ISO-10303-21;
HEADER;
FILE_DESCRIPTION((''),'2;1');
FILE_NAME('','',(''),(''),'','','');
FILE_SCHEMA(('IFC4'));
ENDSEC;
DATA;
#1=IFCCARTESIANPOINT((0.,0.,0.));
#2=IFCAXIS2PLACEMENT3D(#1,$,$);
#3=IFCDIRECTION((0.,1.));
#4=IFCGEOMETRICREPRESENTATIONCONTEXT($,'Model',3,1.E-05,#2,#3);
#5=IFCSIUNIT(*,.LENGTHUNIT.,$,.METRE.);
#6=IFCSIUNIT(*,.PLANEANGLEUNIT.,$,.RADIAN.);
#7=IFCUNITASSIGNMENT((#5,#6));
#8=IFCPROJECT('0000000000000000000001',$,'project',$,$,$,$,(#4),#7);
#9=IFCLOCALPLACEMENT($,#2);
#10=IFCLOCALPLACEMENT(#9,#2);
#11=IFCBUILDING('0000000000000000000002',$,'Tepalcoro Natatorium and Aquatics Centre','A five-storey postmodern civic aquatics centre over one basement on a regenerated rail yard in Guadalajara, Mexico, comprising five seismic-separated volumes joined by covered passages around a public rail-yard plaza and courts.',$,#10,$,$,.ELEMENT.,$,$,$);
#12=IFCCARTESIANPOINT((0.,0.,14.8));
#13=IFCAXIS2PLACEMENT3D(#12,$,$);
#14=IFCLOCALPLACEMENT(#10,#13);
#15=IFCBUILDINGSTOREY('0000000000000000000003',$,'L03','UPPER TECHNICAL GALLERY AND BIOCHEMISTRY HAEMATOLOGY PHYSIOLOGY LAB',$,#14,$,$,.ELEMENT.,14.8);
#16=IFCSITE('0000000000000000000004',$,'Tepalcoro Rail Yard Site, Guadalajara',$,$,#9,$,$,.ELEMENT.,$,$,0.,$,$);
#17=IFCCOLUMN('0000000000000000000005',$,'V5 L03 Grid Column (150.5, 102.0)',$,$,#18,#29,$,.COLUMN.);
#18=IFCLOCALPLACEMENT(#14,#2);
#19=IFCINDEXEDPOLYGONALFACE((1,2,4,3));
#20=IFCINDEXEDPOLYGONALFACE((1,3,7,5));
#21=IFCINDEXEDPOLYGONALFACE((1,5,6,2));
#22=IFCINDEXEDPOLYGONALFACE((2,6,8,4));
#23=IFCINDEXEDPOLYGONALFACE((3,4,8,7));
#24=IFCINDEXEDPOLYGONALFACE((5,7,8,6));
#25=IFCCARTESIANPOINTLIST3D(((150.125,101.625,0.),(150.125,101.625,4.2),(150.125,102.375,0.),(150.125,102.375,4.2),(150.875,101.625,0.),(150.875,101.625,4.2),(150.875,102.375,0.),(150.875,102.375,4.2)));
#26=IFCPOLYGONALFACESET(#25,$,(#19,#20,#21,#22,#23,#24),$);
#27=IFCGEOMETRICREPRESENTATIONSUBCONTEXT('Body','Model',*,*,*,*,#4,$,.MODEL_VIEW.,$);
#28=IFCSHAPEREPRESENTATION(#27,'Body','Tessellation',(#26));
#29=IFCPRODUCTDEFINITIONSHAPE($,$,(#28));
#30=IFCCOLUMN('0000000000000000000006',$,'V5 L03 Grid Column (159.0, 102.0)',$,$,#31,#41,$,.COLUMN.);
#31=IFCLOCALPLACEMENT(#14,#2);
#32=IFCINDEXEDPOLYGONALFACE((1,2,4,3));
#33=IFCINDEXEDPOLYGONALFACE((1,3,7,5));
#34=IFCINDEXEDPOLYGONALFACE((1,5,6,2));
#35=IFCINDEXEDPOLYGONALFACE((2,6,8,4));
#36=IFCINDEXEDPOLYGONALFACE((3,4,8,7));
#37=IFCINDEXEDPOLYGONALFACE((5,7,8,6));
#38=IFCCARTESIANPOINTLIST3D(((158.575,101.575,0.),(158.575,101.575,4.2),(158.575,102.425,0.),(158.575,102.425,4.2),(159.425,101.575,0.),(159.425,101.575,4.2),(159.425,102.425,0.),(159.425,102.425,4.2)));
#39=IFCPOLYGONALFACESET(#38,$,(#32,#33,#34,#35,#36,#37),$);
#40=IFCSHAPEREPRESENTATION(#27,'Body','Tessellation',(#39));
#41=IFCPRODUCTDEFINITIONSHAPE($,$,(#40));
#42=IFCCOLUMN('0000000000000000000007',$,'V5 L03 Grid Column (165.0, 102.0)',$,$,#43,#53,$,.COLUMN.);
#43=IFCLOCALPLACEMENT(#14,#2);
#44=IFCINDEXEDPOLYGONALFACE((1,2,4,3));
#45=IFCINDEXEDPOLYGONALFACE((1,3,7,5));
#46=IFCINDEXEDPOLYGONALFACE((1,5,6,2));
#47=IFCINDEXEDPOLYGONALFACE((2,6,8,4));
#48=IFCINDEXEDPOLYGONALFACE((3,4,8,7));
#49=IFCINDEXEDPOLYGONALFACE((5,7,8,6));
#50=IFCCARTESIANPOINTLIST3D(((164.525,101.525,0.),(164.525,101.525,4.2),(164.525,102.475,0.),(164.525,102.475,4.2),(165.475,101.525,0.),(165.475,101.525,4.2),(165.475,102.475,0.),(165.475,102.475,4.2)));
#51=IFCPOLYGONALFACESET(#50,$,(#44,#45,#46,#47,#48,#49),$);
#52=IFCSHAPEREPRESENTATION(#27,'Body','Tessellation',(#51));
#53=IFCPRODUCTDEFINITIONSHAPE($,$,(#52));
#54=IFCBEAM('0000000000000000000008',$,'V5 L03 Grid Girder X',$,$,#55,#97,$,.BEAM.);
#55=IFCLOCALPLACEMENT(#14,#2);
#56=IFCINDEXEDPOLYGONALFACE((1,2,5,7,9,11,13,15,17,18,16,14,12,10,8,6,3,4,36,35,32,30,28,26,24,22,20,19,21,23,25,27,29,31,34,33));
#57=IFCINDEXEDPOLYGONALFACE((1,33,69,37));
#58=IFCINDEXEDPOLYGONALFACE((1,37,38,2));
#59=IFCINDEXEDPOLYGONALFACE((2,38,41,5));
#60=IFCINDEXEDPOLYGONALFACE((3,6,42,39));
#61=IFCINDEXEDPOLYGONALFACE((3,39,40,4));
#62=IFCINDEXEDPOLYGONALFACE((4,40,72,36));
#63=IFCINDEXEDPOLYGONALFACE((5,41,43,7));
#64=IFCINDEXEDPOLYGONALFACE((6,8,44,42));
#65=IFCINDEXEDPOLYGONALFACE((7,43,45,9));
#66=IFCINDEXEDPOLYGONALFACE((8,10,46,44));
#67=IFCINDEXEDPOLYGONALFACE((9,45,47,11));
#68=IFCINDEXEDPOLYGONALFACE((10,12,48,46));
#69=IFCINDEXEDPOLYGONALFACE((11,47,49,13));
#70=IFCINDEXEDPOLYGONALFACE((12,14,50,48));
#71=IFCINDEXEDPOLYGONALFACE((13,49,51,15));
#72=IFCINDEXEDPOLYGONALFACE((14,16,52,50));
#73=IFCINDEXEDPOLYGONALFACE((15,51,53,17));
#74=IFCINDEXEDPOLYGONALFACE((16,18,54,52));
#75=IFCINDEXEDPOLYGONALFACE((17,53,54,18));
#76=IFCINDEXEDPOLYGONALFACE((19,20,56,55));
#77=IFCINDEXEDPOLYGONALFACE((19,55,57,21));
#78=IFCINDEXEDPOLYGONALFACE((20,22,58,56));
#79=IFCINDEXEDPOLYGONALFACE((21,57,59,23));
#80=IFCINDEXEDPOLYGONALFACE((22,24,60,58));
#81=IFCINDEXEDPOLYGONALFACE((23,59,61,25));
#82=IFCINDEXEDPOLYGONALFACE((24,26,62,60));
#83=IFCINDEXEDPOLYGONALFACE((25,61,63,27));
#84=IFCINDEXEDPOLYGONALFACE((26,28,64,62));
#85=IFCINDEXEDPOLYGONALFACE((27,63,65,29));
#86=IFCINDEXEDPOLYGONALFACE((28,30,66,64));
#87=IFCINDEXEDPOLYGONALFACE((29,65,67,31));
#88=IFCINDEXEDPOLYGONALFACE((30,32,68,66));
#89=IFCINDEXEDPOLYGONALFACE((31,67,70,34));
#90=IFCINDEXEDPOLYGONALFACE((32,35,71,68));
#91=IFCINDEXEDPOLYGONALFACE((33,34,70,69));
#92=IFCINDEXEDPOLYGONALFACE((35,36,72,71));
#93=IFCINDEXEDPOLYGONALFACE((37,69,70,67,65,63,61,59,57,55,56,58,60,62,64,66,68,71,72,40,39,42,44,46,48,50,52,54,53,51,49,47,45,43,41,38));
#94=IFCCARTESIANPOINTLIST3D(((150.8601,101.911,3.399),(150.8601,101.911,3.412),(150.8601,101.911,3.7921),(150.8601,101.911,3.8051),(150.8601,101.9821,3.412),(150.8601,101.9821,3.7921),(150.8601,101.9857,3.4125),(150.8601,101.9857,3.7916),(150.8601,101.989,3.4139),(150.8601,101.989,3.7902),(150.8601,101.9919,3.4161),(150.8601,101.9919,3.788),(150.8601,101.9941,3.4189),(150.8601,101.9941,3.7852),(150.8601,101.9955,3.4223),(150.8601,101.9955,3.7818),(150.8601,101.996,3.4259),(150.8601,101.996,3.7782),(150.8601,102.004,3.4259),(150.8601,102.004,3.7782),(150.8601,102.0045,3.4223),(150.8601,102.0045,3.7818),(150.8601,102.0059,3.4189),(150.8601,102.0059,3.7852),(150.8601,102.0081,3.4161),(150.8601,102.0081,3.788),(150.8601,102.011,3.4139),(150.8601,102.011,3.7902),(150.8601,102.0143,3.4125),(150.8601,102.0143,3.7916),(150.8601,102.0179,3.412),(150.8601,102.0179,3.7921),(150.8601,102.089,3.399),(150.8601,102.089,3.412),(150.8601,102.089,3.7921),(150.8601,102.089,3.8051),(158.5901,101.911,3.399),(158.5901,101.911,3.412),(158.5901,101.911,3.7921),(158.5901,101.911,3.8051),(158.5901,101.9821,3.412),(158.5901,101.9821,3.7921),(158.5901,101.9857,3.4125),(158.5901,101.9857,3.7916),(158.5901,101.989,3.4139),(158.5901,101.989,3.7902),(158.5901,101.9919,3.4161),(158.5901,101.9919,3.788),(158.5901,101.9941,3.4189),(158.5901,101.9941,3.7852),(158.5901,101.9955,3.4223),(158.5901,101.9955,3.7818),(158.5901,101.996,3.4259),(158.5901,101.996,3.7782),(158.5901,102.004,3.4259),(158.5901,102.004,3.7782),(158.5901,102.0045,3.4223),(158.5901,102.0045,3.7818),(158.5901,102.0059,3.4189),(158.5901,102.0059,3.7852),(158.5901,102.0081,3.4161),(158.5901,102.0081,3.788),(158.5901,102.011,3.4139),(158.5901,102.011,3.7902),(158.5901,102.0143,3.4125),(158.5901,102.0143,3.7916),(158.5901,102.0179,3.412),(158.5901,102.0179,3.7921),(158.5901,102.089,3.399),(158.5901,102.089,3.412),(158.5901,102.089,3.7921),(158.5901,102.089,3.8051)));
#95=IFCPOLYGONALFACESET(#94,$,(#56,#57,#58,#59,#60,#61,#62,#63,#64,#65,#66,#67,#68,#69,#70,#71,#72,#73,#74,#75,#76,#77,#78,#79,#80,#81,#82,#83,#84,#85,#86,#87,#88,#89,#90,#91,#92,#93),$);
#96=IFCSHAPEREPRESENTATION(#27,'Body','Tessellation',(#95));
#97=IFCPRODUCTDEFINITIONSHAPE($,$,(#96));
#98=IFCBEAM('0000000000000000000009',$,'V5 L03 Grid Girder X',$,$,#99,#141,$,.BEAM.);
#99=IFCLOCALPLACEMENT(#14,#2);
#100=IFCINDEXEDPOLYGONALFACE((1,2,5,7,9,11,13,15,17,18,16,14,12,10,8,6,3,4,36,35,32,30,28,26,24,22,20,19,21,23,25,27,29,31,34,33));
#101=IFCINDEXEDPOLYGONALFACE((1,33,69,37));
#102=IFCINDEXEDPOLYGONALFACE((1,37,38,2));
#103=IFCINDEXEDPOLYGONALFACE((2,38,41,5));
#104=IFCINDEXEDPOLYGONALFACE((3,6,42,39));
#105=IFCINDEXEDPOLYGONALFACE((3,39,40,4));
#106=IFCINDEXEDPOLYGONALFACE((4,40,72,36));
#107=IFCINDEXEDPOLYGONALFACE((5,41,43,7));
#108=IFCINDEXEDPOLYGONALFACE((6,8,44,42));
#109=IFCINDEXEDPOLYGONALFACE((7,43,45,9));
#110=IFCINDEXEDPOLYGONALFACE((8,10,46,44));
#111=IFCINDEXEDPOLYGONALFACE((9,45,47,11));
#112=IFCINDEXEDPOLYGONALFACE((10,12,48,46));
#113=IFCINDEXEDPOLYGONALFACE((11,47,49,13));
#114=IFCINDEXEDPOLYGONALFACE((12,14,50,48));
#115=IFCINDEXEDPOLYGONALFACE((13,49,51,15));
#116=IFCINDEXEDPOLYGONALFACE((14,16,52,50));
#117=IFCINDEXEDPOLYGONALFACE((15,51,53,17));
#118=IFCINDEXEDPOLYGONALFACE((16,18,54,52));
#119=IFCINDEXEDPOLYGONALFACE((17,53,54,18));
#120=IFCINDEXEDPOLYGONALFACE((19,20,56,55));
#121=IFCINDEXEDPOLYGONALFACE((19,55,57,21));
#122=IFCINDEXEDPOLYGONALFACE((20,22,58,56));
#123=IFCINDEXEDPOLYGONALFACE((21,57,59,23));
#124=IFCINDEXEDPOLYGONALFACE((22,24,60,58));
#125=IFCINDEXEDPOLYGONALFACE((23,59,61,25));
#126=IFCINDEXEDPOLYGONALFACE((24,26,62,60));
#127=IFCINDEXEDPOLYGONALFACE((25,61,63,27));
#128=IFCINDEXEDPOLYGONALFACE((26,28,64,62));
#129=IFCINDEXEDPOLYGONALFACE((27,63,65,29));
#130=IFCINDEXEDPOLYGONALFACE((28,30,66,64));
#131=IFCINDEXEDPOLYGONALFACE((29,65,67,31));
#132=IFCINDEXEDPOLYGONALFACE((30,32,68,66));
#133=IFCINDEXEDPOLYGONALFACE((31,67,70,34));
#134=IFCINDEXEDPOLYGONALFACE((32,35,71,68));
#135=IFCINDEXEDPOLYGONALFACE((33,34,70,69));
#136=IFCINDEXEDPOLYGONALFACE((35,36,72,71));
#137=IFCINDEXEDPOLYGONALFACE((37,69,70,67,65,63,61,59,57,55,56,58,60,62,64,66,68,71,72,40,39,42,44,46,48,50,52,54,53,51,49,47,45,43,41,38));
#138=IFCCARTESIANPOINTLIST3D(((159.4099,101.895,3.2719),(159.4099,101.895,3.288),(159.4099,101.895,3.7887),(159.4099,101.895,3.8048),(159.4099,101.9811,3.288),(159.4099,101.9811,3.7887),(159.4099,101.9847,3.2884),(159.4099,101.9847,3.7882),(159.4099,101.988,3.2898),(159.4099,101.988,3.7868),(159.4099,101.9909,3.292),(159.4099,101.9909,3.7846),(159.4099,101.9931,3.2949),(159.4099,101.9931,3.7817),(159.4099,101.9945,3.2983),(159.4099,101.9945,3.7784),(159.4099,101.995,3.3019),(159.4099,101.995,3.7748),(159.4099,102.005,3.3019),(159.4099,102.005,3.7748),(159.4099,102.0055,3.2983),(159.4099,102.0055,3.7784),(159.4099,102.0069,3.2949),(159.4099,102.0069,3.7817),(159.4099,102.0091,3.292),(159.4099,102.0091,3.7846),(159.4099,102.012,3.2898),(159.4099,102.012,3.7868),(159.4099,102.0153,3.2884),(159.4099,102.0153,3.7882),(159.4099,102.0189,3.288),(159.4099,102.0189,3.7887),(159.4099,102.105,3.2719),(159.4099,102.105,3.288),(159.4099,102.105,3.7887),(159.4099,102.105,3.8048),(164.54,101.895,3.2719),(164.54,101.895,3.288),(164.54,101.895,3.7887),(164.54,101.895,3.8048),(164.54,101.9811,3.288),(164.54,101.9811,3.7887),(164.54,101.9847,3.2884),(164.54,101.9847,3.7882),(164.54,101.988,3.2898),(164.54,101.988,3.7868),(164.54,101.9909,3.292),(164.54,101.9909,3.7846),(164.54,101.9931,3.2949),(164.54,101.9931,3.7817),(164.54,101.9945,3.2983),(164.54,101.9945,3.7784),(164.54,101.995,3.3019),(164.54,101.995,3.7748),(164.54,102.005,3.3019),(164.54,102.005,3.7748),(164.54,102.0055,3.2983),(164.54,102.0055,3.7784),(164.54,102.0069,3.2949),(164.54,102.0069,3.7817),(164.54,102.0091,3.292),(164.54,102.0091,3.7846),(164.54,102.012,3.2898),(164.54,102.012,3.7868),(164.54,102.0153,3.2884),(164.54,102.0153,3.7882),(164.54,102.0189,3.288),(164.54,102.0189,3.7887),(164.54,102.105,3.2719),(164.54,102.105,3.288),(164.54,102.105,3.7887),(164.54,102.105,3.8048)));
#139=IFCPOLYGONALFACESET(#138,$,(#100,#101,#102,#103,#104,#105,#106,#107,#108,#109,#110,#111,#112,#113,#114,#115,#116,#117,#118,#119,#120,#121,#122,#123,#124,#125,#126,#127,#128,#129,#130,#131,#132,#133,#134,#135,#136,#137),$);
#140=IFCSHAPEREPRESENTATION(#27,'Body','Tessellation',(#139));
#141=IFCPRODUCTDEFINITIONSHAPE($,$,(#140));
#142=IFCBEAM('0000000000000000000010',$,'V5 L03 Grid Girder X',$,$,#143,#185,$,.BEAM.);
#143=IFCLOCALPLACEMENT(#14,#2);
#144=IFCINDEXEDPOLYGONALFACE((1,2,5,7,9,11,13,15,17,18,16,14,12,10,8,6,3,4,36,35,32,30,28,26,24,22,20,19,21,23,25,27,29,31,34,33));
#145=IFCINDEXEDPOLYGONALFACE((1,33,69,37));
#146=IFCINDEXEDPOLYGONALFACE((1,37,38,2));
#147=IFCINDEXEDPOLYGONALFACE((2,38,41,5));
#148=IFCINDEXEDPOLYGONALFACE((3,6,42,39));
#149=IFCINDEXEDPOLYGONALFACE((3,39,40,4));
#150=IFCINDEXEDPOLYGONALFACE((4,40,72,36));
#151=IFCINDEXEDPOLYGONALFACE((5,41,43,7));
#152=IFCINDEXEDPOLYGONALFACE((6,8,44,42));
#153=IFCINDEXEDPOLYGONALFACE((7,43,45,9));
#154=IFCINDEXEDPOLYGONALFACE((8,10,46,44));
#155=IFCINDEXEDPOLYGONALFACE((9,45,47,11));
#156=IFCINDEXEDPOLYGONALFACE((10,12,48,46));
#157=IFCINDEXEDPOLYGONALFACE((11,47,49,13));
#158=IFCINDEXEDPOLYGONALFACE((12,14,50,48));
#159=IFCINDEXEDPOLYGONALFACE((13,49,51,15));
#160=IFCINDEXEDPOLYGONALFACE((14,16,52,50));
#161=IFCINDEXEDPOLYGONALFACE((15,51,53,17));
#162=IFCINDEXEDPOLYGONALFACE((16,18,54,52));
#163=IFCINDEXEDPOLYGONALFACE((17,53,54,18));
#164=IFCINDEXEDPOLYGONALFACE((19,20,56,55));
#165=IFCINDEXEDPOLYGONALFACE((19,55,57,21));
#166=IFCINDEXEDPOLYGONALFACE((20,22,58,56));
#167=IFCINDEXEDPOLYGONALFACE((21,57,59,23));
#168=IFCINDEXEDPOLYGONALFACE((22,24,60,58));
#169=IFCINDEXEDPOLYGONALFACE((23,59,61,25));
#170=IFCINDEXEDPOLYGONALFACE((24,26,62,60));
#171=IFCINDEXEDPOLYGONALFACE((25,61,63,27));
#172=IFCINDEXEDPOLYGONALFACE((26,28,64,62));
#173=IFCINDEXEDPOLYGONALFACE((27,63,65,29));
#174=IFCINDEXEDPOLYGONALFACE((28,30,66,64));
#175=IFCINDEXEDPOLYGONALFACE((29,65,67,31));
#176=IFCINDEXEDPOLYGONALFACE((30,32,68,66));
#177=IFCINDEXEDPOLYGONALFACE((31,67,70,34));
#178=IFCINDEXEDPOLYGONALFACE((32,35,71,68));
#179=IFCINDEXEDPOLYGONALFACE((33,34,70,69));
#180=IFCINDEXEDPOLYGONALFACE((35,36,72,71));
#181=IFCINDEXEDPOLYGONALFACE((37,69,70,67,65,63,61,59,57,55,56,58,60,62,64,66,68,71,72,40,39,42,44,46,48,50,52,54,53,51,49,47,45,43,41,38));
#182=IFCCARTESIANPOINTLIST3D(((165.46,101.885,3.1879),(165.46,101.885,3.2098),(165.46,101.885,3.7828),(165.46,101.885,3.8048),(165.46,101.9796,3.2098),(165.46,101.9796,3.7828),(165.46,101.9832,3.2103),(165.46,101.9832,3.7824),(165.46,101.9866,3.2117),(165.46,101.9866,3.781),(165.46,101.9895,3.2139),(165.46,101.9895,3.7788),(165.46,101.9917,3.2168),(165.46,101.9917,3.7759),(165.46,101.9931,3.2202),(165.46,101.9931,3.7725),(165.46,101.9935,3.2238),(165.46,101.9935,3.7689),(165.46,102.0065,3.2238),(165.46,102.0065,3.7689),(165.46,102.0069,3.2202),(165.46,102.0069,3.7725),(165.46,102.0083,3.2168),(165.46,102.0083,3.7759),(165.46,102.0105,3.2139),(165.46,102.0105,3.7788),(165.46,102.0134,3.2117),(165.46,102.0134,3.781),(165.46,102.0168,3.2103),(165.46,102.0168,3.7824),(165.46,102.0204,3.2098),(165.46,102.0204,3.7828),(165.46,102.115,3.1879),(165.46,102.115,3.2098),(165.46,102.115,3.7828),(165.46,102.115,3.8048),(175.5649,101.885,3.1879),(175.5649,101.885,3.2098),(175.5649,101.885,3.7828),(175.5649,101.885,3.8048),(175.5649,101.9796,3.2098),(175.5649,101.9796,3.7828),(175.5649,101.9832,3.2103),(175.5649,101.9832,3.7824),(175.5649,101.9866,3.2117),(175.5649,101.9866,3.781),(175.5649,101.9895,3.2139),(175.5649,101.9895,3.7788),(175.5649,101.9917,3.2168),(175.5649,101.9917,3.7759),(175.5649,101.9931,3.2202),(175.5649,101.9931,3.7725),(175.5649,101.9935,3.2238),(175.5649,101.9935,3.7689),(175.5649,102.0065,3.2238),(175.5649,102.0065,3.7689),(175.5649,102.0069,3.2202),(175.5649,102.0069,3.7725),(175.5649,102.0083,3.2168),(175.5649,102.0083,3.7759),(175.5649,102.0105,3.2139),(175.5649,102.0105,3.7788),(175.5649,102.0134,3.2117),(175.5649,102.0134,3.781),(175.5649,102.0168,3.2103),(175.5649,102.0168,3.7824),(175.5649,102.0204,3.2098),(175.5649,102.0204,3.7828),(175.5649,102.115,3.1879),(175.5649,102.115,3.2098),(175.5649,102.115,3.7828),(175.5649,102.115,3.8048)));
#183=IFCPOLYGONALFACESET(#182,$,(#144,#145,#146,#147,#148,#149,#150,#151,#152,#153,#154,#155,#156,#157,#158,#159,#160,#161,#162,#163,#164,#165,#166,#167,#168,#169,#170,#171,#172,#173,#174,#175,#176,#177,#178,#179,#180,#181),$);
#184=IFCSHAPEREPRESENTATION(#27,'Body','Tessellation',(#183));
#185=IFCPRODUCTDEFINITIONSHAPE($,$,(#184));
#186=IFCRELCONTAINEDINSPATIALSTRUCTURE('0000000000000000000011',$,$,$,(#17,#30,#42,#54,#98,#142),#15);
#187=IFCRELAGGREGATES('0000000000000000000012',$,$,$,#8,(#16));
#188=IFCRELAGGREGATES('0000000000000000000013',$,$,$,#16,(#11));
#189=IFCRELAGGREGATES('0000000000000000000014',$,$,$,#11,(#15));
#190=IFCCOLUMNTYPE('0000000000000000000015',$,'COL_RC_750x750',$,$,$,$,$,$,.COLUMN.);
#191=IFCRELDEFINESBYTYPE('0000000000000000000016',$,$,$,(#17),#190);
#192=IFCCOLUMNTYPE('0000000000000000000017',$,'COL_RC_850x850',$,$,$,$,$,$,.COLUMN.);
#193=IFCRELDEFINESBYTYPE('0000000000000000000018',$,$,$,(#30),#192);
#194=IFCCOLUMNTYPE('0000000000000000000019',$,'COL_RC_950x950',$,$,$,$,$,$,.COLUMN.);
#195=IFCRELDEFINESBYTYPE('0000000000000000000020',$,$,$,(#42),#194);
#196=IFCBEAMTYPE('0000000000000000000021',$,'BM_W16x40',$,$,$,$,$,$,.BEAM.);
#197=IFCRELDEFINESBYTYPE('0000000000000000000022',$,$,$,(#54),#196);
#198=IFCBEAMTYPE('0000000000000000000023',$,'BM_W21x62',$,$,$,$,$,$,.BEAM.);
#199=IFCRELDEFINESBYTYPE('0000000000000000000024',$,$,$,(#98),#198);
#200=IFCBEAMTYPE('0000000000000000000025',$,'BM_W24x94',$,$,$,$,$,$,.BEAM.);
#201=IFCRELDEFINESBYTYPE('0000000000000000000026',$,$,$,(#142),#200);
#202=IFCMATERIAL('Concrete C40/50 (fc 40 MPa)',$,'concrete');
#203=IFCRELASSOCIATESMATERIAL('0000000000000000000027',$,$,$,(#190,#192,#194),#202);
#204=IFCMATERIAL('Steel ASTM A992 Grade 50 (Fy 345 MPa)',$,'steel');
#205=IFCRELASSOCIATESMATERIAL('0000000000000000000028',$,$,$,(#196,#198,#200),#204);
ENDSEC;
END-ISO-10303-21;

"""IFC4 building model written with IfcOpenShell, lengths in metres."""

from ifc_helpers import new_model, si_unit, direction, frame, origin, origin_2d, place, context, subcontext, project, spatial, rectangle, i_section, extrude, material, material_profile, profile_set, type_object, element, save


model = new_model("IFC4")

# Units and contexts
model_context = context("Model", 3, precision=1e-05, world=origin(), true_north=direction((0.0, 1.0)))
body_context = subcontext(model_context, "Body", "Model", "MODEL_VIEW")
ifc_project = project(units=[si_unit("LENGTHUNIT", "METRE"), si_unit("PLANEANGLEUNIT", "RADIAN")], contexts=[model_context])

# Site, building, storey
site_placement = place(None, origin())
site = spatial("IfcSite", under=ifc_project, at=site_placement, Name="Tepalcoro Rail Yard Site, Guadalajara", CompositionType="ELEMENT", RefElevation=0.0)
building_placement = place(site_placement, origin())
building = spatial("IfcBuilding", under=site, at=building_placement, Name="Tepalcoro Natatorium and Aquatics Centre", Description="A five-storey postmodern civic aquatics centre over one basement on a regenerated rail yard in Guadalajara, Mexico, comprising five seismic-separated volumes joined by covered passages around a public rail-yard plaza and courts.", CompositionType="ELEMENT")
storey_placement = place(building_placement, frame((0.0, 0.0, 14.8)))
storey = spatial("IfcBuildingStorey", under=building, at=storey_placement, Name="L03", Description="UPPER TECHNICAL GALLERY AND BIOCHEMISTRY HAEMATOLOGY PHYSIOLOGY LAB", CompositionType="ELEMENT", Elevation=14.8)

# Columns
ifc_material_1 = material(Name="Concrete C40/50 (fc 40 MPa)", Category="concrete")
ifc_material_profile_1 = material_profile(ifc_material_1, rectangle(XDim=0.75, YDim=0.75, at=origin_2d()), Name="RC750x750")
ifc_profile_set_1 = profile_set([ifc_material_profile_1], Name="Concrete C40/50 (fc 40 MPa)")
column_type_1 = type_object("IfcColumnType", Name="COL_RC_750x750", PredefinedType="COLUMN", material=ifc_profile_set_1)
column_1_placement = place(storey_placement, frame((150.5, 102.0, 0.0), z_axis=(0.0, 0.0, 1.0), x_axis=(1.0, 0.0, 0.0)))
element("IfcColumn", 1, at=column_1_placement, inside=storey, type_object=column_type_1, Name="V5 L03 Grid Column (150.5, 102.0)", PredefinedType="COLUMN", context=body_context, shape_type="SweptSolid", body=[
    extrude(rectangle(XDim=0.75, YDim=0.75, at=origin_2d()), origin(), (0.0, 0.0, 1.0), 4.2),
])
ifc_material_profile_2 = material_profile(ifc_material_1, rectangle(XDim=0.8501, YDim=0.8501, at=origin_2d()), Name="RC850x850")
ifc_profile_set_2 = profile_set([ifc_material_profile_2], Name="Concrete C40/50 (fc 40 MPa)")
column_type_2 = type_object("IfcColumnType", Name="COL_RC_850x850", PredefinedType="COLUMN", material=ifc_profile_set_2)
column_2_placement = place(storey_placement, frame((159.0, 102.0, 0.0), z_axis=(0.0, 0.0, 1.0), x_axis=(1.0, 0.0, 0.0)))
element("IfcColumn", 2, at=column_2_placement, inside=storey, type_object=column_type_2, Name="V5 L03 Grid Column (159.0, 102.0)", PredefinedType="COLUMN", context=body_context, shape_type="SweptSolid", body=[
    extrude(rectangle(XDim=0.8501, YDim=0.8501, at=origin_2d()), origin(), (0.0, 0.0, 1.0), 4.2),
])
ifc_material_profile_3 = material_profile(ifc_material_1, rectangle(XDim=0.95, YDim=0.95, at=origin_2d()), Name="RC950x950")
ifc_profile_set_3 = profile_set([ifc_material_profile_3], Name="Concrete C40/50 (fc 40 MPa)")
column_type_3 = type_object("IfcColumnType", Name="COL_RC_950x950", PredefinedType="COLUMN", material=ifc_profile_set_3)
column_3_placement = place(storey_placement, frame((165.0, 102.0, 0.0), z_axis=(0.0, 0.0, 1.0), x_axis=(1.0, 0.0, 0.0)))
element("IfcColumn", 3, at=column_3_placement, inside=storey, type_object=column_type_3, Name="V5 L03 Grid Column (165.0, 102.0)", PredefinedType="COLUMN", context=body_context, shape_type="SweptSolid", body=[
    extrude(rectangle(XDim=0.95, YDim=0.95, at=origin_2d()), origin(), (0.0, 0.0, 1.0), 4.2),
])

# Beams
ifc_material_2 = material(Name="Steel ASTM A992 Grade 50 (Fy 345 MPa)", Category="steel")
ifc_material_profile_4 = material_profile(ifc_material_2, i_section(OverallWidth=0.178, OverallDepth=0.406, WebThickness=0.0081, FlangeThickness=0.0129, FilletRadius=0.0139, at=origin_2d()), Name="W16X40")
ifc_profile_set_4 = profile_set([ifc_material_profile_4], Name="Steel ASTM A992 Grade 50 (Fy 345 MPa)")
beam_type_1 = type_object("IfcBeamType", Name="BM_W16x40", PredefinedType="BEAM", material=ifc_profile_set_4)
beam_1_placement = place(storey_placement, frame((150.8601, 102.0, 3.6021), z_axis=(1.0, 0.0, 0.0), x_axis=(0.0, 1.0, 0.0)))
element("IfcBeam", 4, at=beam_1_placement, inside=storey, type_object=beam_type_1, Name="V5 L03 Grid Girder X", PredefinedType="BEAM", context=body_context, shape_type="SweptSolid", body=[
    extrude(i_section(OverallWidth=0.178, OverallDepth=0.406, WebThickness=0.0081, FlangeThickness=0.0129, FilletRadius=0.0139, at=origin_2d()), origin(), (0.0, 0.0, 1.0), 7.73),
])
ifc_material_profile_5 = material_profile(ifc_material_2, i_section(OverallWidth=0.21, OverallDepth=0.533, WebThickness=0.01, FlangeThickness=0.0161, FilletRadius=0.0139, at=origin_2d()), Name="W21X62")
ifc_profile_set_5 = profile_set([ifc_material_profile_5], Name="Steel ASTM A992 Grade 50 (Fy 345 MPa)")
beam_type_2 = type_object("IfcBeamType", Name="BM_W21x62", PredefinedType="BEAM", material=ifc_profile_set_5)
beam_2_placement = place(storey_placement, frame((159.4099, 102.0, 3.5383), z_axis=(1.0, 0.0, 0.0), x_axis=(0.0, 1.0, 0.0)))
element("IfcBeam", 5, at=beam_2_placement, inside=storey, type_object=beam_type_2, Name="V5 L03 Grid Girder X", PredefinedType="BEAM", context=body_context, shape_type="SweptSolid", body=[
    extrude(i_section(OverallWidth=0.21, OverallDepth=0.533, WebThickness=0.01, FlangeThickness=0.0161, FilletRadius=0.0139, at=origin_2d()), origin(), (0.0, 0.0, 1.0), 5.1301),
])
ifc_material_profile_6 = material_profile(ifc_material_2, i_section(OverallWidth=0.23, OverallDepth=0.6169, WebThickness=0.0129, FlangeThickness=0.022, FilletRadius=0.0139, at=origin_2d()), Name="W24X94")
ifc_profile_set_6 = profile_set([ifc_material_profile_6], Name="Steel ASTM A992 Grade 50 (Fy 345 MPa)")
beam_type_3 = type_object("IfcBeamType", Name="BM_W24x94", PredefinedType="BEAM", material=ifc_profile_set_6)
beam_3_placement = place(storey_placement, frame((165.46, 102.0, 3.4963), z_axis=(1.0, 0.0, 0.0), x_axis=(0.0, 1.0, 0.0)))
element("IfcBeam", 6, at=beam_3_placement, inside=storey, type_object=beam_type_3, Name="V5 L03 Grid Girder X", PredefinedType="BEAM", context=body_context, shape_type="SweptSolid", body=[
    extrude(i_section(OverallWidth=0.23, OverallDepth=0.6169, WebThickness=0.0129, FlangeThickness=0.022, FilletRadius=0.0139, at=origin_2d()), origin(), (0.0, 0.0, 1.0), 10.105),
])

save(model, "model.ifc")
